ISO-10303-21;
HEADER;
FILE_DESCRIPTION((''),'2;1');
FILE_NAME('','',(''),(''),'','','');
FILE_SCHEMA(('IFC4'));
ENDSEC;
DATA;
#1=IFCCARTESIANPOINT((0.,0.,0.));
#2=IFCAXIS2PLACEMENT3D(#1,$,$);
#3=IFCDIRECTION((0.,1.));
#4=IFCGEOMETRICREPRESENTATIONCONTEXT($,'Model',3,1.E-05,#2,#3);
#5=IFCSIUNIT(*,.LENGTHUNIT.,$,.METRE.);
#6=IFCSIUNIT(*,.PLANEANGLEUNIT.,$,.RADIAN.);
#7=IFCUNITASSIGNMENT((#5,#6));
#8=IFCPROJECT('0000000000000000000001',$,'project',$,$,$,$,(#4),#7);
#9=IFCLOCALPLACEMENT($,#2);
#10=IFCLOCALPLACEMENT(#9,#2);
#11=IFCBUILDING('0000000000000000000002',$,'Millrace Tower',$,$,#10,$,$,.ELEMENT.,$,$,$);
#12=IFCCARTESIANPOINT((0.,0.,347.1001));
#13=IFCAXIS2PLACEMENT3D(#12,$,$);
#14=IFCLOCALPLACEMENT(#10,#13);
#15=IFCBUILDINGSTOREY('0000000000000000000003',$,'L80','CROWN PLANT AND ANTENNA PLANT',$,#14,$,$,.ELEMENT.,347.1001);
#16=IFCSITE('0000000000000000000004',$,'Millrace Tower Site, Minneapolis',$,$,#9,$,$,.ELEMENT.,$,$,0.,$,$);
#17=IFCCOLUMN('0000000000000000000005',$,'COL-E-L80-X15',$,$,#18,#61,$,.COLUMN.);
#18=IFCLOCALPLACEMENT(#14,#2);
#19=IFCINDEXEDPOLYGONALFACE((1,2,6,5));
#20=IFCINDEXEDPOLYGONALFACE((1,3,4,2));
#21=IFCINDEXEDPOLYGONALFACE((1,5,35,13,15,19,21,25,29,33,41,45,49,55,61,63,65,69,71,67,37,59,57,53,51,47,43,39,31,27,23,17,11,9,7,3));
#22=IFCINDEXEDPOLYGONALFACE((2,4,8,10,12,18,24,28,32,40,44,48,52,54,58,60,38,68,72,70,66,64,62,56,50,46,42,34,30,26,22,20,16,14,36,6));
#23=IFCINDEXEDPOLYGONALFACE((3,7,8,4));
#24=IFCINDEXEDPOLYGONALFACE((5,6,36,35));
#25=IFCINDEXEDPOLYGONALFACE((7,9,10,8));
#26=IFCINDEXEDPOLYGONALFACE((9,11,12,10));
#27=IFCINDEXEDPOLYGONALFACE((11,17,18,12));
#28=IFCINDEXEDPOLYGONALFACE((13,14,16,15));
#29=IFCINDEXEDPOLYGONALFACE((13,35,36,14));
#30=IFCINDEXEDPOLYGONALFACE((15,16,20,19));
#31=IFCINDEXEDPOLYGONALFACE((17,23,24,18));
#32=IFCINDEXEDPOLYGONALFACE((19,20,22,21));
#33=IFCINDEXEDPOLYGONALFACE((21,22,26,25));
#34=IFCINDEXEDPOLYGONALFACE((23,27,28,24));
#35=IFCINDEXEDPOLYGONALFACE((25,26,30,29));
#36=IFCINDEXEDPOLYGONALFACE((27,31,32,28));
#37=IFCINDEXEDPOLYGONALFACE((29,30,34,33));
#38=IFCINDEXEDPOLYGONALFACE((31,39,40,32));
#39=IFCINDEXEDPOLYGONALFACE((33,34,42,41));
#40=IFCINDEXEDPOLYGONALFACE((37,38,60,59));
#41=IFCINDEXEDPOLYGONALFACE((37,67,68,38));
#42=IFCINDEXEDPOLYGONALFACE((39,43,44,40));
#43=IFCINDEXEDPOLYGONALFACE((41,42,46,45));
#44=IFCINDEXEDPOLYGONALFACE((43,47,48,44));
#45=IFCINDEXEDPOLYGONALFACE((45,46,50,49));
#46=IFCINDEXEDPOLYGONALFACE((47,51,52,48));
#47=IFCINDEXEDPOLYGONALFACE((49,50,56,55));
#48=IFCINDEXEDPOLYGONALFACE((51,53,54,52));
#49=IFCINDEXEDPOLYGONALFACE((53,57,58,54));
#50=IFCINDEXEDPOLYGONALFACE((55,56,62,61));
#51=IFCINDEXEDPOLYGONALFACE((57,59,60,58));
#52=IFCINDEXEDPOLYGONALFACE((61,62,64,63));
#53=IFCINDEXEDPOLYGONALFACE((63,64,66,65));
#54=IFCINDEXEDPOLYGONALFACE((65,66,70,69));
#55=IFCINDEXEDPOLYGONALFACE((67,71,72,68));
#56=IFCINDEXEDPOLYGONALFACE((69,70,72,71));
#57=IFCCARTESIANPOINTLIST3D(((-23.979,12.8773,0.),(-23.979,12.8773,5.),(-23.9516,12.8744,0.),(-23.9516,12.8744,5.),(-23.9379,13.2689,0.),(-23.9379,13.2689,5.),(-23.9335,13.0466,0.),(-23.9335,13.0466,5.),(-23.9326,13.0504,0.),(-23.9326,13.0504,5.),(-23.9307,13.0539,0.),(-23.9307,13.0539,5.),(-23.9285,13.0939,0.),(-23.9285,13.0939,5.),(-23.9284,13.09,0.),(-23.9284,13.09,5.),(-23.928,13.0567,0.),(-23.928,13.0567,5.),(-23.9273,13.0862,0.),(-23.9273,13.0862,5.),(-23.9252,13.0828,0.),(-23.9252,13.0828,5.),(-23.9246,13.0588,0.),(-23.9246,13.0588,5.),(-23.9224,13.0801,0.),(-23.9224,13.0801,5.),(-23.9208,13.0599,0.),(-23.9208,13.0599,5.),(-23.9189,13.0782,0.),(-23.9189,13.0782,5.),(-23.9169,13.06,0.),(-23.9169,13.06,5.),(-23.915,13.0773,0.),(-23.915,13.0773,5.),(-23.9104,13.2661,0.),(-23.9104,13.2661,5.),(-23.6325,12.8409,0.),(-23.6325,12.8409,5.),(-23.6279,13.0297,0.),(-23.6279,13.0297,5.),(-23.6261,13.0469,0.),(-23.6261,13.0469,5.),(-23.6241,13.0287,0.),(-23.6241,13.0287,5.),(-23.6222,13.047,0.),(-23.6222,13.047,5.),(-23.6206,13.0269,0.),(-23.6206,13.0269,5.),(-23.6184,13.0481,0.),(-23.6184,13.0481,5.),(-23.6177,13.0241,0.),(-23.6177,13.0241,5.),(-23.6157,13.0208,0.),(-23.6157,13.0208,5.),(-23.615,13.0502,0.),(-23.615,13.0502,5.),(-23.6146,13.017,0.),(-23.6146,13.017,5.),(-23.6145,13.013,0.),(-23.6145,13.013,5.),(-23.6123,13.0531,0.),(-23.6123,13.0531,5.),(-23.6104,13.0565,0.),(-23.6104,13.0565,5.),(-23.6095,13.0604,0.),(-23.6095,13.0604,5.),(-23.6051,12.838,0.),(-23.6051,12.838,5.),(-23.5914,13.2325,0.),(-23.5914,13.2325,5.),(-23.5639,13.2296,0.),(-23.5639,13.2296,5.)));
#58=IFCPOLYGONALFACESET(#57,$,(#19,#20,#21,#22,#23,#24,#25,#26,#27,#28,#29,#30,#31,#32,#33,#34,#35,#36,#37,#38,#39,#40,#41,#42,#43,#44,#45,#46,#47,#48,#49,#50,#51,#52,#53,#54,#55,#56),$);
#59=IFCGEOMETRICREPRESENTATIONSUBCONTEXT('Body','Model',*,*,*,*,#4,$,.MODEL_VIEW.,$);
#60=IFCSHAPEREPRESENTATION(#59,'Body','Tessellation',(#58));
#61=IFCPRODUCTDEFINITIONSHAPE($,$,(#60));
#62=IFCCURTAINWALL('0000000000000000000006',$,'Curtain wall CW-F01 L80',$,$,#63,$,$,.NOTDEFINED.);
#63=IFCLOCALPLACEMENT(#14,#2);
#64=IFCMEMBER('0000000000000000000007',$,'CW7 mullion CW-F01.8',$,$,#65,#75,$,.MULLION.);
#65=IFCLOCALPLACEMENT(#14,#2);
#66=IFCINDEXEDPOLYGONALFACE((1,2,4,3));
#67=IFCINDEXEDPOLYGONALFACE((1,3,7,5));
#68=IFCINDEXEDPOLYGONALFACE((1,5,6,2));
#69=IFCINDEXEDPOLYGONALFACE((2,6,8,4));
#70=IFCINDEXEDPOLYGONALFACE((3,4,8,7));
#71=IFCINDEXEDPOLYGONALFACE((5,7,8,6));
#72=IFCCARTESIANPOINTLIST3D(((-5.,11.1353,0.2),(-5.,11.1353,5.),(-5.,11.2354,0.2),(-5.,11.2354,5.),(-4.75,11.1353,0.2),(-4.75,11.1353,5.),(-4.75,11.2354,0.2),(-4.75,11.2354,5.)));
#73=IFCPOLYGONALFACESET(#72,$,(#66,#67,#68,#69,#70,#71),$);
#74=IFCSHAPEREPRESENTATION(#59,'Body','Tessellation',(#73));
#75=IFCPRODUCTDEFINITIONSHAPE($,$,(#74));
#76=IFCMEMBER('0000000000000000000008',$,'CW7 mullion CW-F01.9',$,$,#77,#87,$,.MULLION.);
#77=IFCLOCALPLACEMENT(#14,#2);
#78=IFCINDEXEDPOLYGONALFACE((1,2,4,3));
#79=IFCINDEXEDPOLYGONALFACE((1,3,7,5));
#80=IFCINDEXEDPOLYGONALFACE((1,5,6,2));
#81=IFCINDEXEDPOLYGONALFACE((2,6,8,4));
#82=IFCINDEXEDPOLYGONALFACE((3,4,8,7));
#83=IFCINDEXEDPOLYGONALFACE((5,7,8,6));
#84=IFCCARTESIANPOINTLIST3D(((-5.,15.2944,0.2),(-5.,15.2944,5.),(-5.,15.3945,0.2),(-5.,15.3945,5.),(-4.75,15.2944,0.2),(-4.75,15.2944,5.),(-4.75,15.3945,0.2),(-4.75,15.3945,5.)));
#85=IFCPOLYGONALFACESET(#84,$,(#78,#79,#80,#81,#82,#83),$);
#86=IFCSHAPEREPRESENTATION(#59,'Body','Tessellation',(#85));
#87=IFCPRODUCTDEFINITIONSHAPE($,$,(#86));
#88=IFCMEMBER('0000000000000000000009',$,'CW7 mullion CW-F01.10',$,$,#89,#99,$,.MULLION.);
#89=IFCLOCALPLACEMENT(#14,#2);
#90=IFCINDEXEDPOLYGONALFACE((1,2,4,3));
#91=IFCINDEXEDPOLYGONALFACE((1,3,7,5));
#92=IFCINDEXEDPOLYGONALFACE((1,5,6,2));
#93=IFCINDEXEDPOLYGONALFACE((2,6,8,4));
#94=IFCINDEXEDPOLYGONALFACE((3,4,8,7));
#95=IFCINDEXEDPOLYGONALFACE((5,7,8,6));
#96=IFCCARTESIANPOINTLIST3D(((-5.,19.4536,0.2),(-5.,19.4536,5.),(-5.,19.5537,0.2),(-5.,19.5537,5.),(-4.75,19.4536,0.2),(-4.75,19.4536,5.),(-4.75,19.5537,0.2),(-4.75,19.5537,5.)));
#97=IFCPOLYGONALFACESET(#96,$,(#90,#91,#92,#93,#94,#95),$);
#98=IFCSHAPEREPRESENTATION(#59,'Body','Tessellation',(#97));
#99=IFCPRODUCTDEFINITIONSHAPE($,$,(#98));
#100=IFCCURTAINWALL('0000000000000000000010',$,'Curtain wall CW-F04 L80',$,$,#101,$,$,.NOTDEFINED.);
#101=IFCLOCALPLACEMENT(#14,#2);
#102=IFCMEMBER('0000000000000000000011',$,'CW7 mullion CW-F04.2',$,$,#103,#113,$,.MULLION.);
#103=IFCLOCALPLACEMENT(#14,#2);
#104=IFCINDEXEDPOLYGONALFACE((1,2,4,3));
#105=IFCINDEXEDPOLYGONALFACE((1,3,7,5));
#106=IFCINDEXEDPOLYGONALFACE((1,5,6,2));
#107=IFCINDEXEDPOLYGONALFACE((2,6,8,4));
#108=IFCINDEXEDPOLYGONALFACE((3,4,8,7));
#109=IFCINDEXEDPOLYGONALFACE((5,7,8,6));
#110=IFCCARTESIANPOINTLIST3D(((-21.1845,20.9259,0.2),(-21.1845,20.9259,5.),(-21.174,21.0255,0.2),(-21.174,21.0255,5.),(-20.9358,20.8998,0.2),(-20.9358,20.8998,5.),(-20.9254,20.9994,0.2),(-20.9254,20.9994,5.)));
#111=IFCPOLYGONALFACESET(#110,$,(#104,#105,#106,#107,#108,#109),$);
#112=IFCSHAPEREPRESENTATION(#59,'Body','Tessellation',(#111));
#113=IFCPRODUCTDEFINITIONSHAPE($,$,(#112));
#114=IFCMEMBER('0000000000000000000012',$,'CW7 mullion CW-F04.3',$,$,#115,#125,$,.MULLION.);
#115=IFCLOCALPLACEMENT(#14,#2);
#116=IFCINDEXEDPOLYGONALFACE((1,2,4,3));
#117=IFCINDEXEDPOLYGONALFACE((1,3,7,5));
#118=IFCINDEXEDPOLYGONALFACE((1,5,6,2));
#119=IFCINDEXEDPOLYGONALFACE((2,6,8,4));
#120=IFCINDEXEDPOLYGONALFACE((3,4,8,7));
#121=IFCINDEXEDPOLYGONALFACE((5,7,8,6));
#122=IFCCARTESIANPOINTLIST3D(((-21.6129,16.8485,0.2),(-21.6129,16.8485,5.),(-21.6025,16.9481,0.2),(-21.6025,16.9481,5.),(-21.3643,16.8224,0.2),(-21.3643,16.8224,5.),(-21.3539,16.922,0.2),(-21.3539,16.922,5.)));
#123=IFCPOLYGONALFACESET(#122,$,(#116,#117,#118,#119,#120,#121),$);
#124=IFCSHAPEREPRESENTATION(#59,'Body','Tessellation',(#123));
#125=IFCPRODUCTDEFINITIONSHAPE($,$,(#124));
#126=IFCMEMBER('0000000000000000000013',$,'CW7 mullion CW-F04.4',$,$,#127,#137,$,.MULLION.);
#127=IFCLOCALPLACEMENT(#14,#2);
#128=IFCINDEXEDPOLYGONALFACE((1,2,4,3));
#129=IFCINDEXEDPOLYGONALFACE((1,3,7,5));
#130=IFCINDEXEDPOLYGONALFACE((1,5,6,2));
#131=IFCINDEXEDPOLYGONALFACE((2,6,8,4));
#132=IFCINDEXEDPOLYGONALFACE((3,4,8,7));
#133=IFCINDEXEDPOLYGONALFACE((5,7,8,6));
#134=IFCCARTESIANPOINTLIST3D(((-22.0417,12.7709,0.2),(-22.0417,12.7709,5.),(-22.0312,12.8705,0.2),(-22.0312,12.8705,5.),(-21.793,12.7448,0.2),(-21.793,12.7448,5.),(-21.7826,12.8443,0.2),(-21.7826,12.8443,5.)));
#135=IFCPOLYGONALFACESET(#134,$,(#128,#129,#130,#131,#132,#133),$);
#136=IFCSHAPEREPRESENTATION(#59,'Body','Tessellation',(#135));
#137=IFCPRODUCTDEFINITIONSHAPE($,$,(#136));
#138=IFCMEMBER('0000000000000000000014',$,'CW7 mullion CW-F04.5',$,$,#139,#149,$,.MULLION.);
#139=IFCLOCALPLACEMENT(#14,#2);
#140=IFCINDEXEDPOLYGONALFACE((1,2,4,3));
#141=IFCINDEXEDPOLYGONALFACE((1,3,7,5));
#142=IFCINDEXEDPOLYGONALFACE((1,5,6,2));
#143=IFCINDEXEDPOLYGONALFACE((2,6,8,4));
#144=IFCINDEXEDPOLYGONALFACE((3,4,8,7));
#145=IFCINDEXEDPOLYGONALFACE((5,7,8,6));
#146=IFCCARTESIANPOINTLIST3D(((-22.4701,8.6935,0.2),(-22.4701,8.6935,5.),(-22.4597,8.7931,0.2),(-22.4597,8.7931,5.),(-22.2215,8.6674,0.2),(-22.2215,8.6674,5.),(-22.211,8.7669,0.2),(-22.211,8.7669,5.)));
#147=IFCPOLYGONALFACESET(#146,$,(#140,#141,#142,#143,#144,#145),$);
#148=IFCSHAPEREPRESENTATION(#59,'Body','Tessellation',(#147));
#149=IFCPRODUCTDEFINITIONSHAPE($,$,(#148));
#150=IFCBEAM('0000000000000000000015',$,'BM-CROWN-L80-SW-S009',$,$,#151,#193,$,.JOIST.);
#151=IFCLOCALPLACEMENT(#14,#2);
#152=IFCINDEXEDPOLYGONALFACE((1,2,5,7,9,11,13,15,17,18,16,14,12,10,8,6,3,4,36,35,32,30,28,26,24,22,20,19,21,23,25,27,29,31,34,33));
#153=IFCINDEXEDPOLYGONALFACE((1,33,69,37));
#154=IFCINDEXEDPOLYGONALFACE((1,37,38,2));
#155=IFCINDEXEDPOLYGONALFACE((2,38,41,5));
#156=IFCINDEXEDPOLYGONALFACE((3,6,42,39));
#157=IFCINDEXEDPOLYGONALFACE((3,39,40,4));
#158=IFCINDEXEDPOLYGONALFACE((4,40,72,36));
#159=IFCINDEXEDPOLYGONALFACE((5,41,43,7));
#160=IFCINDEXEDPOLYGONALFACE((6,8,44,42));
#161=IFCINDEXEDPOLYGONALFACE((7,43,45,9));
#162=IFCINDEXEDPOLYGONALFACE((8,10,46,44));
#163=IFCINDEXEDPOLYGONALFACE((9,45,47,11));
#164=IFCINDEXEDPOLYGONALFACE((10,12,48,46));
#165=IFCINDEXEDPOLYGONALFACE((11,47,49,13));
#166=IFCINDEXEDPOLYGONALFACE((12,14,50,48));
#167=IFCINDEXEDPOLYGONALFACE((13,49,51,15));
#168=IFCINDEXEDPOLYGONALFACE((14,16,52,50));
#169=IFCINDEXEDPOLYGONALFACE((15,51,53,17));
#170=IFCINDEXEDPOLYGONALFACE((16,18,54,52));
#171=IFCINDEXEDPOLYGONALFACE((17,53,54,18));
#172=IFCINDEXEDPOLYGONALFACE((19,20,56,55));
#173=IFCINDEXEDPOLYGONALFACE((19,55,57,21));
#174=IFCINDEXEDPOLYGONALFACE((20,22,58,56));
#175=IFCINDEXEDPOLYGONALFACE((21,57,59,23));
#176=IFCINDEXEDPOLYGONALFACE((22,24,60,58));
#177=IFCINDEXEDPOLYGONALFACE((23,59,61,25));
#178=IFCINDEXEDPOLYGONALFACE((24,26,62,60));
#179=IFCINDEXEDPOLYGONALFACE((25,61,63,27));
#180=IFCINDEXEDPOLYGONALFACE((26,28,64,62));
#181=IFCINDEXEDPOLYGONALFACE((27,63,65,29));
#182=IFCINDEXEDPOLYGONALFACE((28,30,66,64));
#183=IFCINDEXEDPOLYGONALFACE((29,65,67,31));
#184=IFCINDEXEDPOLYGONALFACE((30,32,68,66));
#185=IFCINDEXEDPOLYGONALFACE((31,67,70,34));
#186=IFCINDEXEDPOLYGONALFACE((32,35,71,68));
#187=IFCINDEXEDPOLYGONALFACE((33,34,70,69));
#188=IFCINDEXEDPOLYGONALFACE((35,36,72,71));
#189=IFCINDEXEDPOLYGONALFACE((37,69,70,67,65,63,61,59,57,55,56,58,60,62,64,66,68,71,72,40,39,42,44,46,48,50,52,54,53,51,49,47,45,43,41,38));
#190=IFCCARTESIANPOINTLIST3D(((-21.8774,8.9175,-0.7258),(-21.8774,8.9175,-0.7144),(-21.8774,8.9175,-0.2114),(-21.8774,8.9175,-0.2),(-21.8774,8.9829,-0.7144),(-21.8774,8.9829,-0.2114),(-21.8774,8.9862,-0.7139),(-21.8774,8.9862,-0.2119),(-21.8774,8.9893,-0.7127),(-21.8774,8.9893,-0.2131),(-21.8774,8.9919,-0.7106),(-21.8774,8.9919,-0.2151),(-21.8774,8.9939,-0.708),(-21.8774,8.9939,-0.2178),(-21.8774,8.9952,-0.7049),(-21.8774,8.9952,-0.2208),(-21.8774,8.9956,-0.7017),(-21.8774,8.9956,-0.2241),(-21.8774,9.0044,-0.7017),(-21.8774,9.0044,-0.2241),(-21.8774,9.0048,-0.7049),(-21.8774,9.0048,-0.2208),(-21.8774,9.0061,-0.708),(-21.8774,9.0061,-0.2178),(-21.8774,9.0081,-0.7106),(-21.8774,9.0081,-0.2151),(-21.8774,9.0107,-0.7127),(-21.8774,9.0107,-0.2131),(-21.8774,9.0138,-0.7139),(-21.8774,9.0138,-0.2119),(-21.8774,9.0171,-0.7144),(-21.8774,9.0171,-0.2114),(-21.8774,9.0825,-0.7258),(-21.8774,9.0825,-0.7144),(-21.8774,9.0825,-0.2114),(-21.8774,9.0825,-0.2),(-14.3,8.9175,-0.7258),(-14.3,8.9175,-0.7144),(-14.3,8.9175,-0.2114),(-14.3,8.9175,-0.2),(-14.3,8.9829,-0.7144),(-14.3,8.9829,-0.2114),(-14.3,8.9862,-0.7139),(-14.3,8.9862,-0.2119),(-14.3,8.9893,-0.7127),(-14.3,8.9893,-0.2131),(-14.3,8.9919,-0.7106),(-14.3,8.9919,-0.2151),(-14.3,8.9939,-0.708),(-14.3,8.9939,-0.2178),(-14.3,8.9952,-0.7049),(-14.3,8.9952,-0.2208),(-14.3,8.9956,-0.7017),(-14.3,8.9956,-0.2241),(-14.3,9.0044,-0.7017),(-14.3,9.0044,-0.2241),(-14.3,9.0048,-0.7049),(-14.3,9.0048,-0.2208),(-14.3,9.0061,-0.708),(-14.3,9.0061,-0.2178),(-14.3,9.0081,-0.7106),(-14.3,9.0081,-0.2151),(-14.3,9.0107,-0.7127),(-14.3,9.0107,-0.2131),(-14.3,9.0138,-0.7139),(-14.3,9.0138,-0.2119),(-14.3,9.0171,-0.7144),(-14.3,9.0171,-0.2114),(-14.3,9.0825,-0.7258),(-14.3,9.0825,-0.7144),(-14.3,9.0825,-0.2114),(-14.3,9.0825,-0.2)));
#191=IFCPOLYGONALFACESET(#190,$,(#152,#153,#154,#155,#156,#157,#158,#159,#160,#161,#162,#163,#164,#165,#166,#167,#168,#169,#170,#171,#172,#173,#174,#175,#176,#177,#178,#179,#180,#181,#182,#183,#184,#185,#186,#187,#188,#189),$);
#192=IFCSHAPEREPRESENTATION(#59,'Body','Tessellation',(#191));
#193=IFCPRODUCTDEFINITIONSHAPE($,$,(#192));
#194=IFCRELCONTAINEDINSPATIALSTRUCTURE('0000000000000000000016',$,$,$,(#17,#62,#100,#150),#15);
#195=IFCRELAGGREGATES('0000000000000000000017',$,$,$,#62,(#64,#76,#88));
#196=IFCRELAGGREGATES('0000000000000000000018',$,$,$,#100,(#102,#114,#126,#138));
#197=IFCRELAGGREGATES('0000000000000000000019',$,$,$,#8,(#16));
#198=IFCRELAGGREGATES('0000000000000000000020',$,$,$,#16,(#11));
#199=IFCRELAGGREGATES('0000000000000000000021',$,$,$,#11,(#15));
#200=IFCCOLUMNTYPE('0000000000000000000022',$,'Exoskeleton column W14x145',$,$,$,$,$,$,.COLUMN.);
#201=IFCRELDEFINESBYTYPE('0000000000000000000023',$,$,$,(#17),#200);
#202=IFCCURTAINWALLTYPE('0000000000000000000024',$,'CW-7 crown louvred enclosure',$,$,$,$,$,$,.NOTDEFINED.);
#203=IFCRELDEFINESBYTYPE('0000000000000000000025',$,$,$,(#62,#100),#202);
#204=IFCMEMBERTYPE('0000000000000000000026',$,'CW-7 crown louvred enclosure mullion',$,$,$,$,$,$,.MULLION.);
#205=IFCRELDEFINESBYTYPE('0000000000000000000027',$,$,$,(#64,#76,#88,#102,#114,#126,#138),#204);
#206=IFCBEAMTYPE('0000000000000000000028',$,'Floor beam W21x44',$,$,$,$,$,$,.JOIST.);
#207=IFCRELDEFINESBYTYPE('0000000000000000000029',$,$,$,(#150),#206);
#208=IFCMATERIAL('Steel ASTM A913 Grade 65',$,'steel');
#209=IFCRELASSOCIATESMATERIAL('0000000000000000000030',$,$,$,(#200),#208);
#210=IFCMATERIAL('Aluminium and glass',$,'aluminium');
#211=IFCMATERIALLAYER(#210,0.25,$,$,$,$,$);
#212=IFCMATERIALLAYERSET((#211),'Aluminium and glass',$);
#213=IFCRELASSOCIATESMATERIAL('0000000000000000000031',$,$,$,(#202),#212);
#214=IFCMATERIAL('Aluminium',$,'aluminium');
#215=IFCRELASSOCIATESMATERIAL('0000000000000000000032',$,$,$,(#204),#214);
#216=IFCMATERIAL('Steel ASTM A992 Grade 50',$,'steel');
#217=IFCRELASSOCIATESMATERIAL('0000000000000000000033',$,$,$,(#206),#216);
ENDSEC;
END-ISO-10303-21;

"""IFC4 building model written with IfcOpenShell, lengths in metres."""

from ifc_helpers import new_model, si_unit, direction, frame, origin, origin_2d, place, context, subcontext, project, spatial, rectangle, i_section, extrude, material, layer, layer_set, material_profile, profile_set, type_object, element, aggregate, save


model = new_model("IFC4")

# Units and contexts
model_context = context("Model", 3, precision=1e-05, world=origin(), true_north=direction((0.0, 1.0)))
body_context = subcontext(model_context, "Body", "Model", "MODEL_VIEW")
ifc_project = project(units=[si_unit("LENGTHUNIT", "METRE"), si_unit("PLANEANGLEUNIT", "RADIAN")], contexts=[model_context])

# Site, building, storey
site_placement = place(None, origin())
site = spatial("IfcSite", under=ifc_project, at=site_placement, Name="Millrace Tower Site, Minneapolis", CompositionType="ELEMENT", RefElevation=0.0)
building_placement = place(site_placement, origin())
building = spatial("IfcBuilding", under=site, at=building_placement, Name="Millrace Tower", CompositionType="ELEMENT")
storey_placement = place(building_placement, frame((0.0, 0.0, 347.1001)))
storey = spatial("IfcBuildingStorey", under=building, at=storey_placement, Name="L80", Description="CROWN PLANT AND ANTENNA PLANT", CompositionType="ELEMENT", Elevation=347.1001)

# Column
ifc_material_1 = material(Name="Steel ASTM A913 Grade 65", Category="steel")
ifc_material_profile_1 = material_profile(ifc_material_1, i_section(OverallWidth=0.3938, OverallDepth=0.376, WebThickness=0.0173, FlangeThickness=0.0276, FilletRadius=0.0151, at=origin_2d()))
ifc_profile_set_1 = profile_set([ifc_material_profile_1], Name="Steel ASTM A913 Grade 65")
column_type = type_object("IfcColumnType", Name="Exoskeleton column W14x145", PredefinedType="COLUMN", material=ifc_profile_set_1)
column_placement = place(storey_placement, frame((-23.7715, 13.0535, 0.0), z_axis=(0.0, 0.0, 1.0), x_axis=(-0.104528, -0.994522, 0.0)))
element("IfcColumn", 1, at=column_placement, inside=storey, type_object=column_type, Name="COL-E-L80-X15", PredefinedType="COLUMN", context=body_context, shape_type="SweptSolid", body=[
    extrude(i_section(OverallWidth=0.3938, OverallDepth=0.376, WebThickness=0.0173, FlangeThickness=0.0276, FilletRadius=0.0151, at=origin_2d()), origin(), (0.0, 0.0, 1.0), 5.0),
])

# Curtain walls, members
ifc_material_2 = material(Name="Aluminium and glass", Category="aluminium")
ifc_layer_1 = layer(ifc_material_2, 0.25)
ifc_layer_set_1 = layer_set([ifc_layer_1], Name="Aluminium and glass")
curtain_wall_type = type_object("IfcCurtainWallType", Name="CW-7 crown louvred enclosure", PredefinedType="NOTDEFINED", material=ifc_layer_set_1)
placement = place(storey_placement, origin())
curtain_wall_1 = element("IfcCurtainWall", 2, at=placement, inside=storey, type_object=curtain_wall_type, Name="Curtain wall CW-F01 L80", PredefinedType="NOTDEFINED")
ifc_material_3 = material(Name="Aluminium", Category="aluminium")
ifc_material_profile_2 = material_profile(ifc_material_3, rectangle(XDim=0.1001, YDim=0.25, at=origin_2d()))
ifc_profile_set_2 = profile_set([ifc_material_profile_2], Name="Aluminium")
member_type = type_object("IfcMemberType", Name="CW-7 crown louvred enclosure mullion", PredefinedType="MULLION", material=ifc_profile_set_2)
member_1_placement = place(storey_placement, frame((-4.875, 11.1853, 0.2), z_axis=(0.0, 0.0, 1.0), x_axis=(0.0, 1.0, 0.0)))
member_1 = element("IfcMember", 3, at=member_1_placement, type_object=member_type, Name="CW7 mullion CW-F01.8", PredefinedType="MULLION", context=body_context, shape_type="SweptSolid", body=[
    extrude(rectangle(XDim=0.1001, YDim=0.25, at=origin_2d()), origin(), (0.0, 0.0, 1.0), 4.8),
])
member_2_placement = place(storey_placement, frame((-4.875, 15.3445, 0.2), z_axis=(0.0, 0.0, 1.0), x_axis=(0.0, 1.0, 0.0)))
member_2 = element("IfcMember", 4, at=member_2_placement, type_object=member_type, Name="CW7 mullion CW-F01.9", PredefinedType="MULLION", context=body_context, shape_type="SweptSolid", body=[
    extrude(rectangle(XDim=0.1001, YDim=0.25, at=origin_2d()), origin(), (0.0, 0.0, 1.0), 4.8),
])
member_3_placement = place(storey_placement, frame((-4.875, 19.5037, 0.2), z_axis=(0.0, 0.0, 1.0), x_axis=(0.0, 1.0, 0.0)))
member_3 = element("IfcMember", 5, at=member_3_placement, type_object=member_type, Name="CW7 mullion CW-F01.10", PredefinedType="MULLION", context=body_context, shape_type="SweptSolid", body=[
    extrude(rectangle(XDim=0.1001, YDim=0.25, at=origin_2d()), origin(), (0.0, 0.0, 1.0), 4.8),
])
aggregate(curtain_wall_1, [member_1, member_2, member_3])
curtain_wall_2 = element("IfcCurtainWall", 6, at=placement, inside=storey, type_object=curtain_wall_type, Name="Curtain wall CW-F04 L80", PredefinedType="NOTDEFINED")
member_4_placement = place(storey_placement, frame((-21.0549, 20.9626, 0.2), z_axis=(0.0, 0.0, 1.0), x_axis=(-0.104528, -0.994522, 0.0)))
member_4 = element("IfcMember", 7, at=member_4_placement, type_object=member_type, Name="CW7 mullion CW-F04.2", PredefinedType="MULLION", context=body_context, shape_type="SweptSolid", body=[
    extrude(rectangle(XDim=0.1001, YDim=0.25, at=origin_2d()), origin(), (0.0, 0.0, 1.0), 4.8),
])
member_5_placement = place(storey_placement, frame((-21.4834, 16.8853, 0.2), z_axis=(0.0, 0.0, 1.0), x_axis=(-0.104528, -0.994522, 0.0)))
member_5 = element("IfcMember", 8, at=member_5_placement, type_object=member_type, Name="CW7 mullion CW-F04.3", PredefinedType="MULLION", context=body_context, shape_type="SweptSolid", body=[
    extrude(rectangle(XDim=0.1001, YDim=0.25, at=origin_2d()), origin(), (0.0, 0.0, 1.0), 4.8),
])
member_6_placement = place(storey_placement, frame((-21.9121, 12.8076, 0.2), z_axis=(0.0, 0.0, 1.0), x_axis=(-0.104528, -0.994522, 0.0)))
member_6 = element("IfcMember", 9, at=member_6_placement, type_object=member_type, Name="CW7 mullion CW-F04.4", PredefinedType="MULLION", context=body_context, shape_type="SweptSolid", body=[
    extrude(rectangle(XDim=0.1001, YDim=0.25, at=origin_2d()), origin(), (0.0, 0.0, 1.0), 4.8),
])
member_7_placement = place(storey_placement, frame((-22.3406, 8.7302, 0.2), z_axis=(0.0, 0.0, 1.0), x_axis=(-0.104528, -0.994522, 0.0)))
member_7 = element("IfcMember", 10, at=member_7_placement, type_object=member_type, Name="CW7 mullion CW-F04.5", PredefinedType="MULLION", context=body_context, shape_type="SweptSolid", body=[
    extrude(rectangle(XDim=0.1001, YDim=0.25, at=origin_2d()), origin(), (0.0, 0.0, 1.0), 4.8),
])
aggregate(curtain_wall_2, [member_4, member_5, member_6, member_7])

# Beam
ifc_material_4 = material(Name="Steel ASTM A992 Grade 50", Category="steel")
ifc_material_profile_3 = material_profile(ifc_material_4, i_section(OverallWidth=0.165, OverallDepth=0.5259, WebThickness=0.0088, FlangeThickness=0.0115, FilletRadius=0.0127, at=origin_2d()))
ifc_profile_set_3 = profile_set([ifc_material_profile_3], Name="Steel ASTM A992 Grade 50")
beam_type_1 = type_object("IfcBeamType", Name="Floor beam W21x44", PredefinedType="JOIST", material=ifc_profile_set_3)
beam_1_placement = place(storey_placement, frame((-21.8774, 9.0, -0.4629), z_axis=(1.0, 0.0, 0.0), x_axis=(0.0, 1.0, 0.0)))
element("IfcBeam", 11, at=beam_1_placement, inside=storey, type_object=beam_type_1, Name="BM-CROWN-L80-SW-S009", PredefinedType="JOIST", context=body_context, shape_type="SweptSolid", body=[
    extrude(i_section(OverallWidth=0.165, OverallDepth=0.5259, WebThickness=0.0088, FlangeThickness=0.0115, FilletRadius=0.0127, at=origin_2d()), origin(), (0.0, 0.0, 1.0), 7.5774),
])

save(model, "model.ifc")
